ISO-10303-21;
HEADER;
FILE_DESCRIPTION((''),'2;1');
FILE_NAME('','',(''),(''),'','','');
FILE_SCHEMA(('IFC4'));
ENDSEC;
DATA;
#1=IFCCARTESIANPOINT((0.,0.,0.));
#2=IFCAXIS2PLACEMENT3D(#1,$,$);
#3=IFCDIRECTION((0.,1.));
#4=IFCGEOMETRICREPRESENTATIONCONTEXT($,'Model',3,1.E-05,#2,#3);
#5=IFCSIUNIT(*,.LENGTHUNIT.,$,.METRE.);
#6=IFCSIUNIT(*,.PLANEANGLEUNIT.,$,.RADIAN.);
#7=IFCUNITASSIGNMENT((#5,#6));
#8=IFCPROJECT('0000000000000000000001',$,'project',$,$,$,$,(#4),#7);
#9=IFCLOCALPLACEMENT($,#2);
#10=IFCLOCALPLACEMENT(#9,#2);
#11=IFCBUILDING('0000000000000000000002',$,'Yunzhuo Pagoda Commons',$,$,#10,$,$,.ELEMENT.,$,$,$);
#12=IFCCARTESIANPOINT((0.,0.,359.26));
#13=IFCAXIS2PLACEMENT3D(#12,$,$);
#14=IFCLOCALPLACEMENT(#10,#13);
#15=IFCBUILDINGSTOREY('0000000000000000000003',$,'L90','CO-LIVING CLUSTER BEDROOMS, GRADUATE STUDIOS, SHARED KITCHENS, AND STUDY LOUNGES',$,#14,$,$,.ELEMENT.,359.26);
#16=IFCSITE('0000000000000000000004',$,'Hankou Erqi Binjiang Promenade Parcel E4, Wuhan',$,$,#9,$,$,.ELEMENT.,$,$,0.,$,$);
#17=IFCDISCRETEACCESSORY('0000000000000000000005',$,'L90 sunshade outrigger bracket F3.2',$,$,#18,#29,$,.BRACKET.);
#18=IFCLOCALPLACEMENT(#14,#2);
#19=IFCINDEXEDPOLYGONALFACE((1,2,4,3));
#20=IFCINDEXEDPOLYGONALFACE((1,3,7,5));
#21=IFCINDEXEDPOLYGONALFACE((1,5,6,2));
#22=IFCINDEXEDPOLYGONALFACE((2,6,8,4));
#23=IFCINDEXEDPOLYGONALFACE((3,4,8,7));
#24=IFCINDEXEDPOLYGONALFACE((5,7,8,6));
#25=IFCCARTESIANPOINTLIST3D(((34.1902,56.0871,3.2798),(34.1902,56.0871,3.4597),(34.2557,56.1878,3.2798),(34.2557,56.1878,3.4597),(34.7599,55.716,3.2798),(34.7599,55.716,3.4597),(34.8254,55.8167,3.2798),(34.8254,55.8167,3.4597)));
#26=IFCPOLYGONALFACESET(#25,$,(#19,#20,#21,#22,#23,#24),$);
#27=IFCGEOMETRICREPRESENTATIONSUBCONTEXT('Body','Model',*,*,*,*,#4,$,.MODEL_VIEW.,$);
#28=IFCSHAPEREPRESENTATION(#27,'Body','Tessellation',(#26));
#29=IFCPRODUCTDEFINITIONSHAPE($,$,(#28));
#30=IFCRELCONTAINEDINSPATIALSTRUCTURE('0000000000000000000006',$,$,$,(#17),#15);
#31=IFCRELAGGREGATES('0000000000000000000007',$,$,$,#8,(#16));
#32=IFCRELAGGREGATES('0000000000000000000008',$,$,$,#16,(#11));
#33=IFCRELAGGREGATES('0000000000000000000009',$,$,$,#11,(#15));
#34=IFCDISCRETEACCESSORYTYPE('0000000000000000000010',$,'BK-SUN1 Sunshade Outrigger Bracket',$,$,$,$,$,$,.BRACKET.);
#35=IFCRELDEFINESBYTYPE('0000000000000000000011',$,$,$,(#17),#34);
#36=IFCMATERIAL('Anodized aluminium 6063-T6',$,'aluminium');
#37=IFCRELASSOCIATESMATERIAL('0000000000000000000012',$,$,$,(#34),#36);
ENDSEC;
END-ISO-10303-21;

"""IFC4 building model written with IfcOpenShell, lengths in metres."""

from ifc_helpers import new_model, si_unit, direction, frame, origin, origin_2d, place, context, subcontext, project, spatial, rectangle, extrude, source, transform, mapped, material, type_object, element, save


model = new_model("IFC4")

# Units and contexts
model_context = context("Model", 3, precision=1e-05, world=origin(), true_north=direction((0.0, 1.0)))
body_context = subcontext(model_context, "Body", "Model", "MODEL_VIEW")
ifc_project = project(units=[si_unit("LENGTHUNIT", "METRE"), si_unit("PLANEANGLEUNIT", "RADIAN")], contexts=[model_context])

# Site, building, storey
site_placement = place(None, origin())
site = spatial("IfcSite", under=ifc_project, at=site_placement, Name="Hankou Erqi Binjiang Promenade Parcel E4, Wuhan", CompositionType="ELEMENT", RefElevation=0.0)
building_placement = place(site_placement, origin())
building = spatial("IfcBuilding", under=site, at=building_placement, Name="Yunzhuo Pagoda Commons", CompositionType="ELEMENT")
storey_placement = place(building_placement, frame((0.0, 0.0, 359.26)))
storey = spatial("IfcBuildingStorey", under=building, at=storey_placement, Name="L90", Description="CO-LIVING CLUSTER BEDROOMS, GRADUATE STUDIOS, SHARED KITCHENS, AND STUDY LOUNGES", CompositionType="ELEMENT", Elevation=359.26)

# Shared definitions
ifc_material_1 = material(Name="Anodized aluminium 6063-T6", Category="aluminium")

# Discrete accessory
discrete_accessory_type = type_object("IfcDiscreteAccessoryType", Name="BK-SUN1 Sunshade Outrigger Bracket", PredefinedType="BRACKET", material=ifc_material_1)
shared_shape_1 = source(origin(), body_context, "Body", "SweptSolid", [
    extrude(rectangle(XDim=0.1201, YDim=0.6799, at=origin_2d()), origin(), (0.0, 0.0, 1.0), 0.1799),
])
discrete_accessory_placement = place(storey_placement, frame((34.5078, 55.9519, 3.2798), z_axis=(0.0, 0.0, 1.0), x_axis=(-0.545839, -0.83789, 0.0)))
element("IfcDiscreteAccessory", 1, at=discrete_accessory_placement, inside=storey, type_object=discrete_accessory_type, Name="L90 sunshade outrigger bracket F3.2", PredefinedType="BRACKET", context=body_context, shape_type="MappedRepresentation", body=[
    mapped(shared_shape_1, transform((0.0, 0.0, 0.0), scale=1.0)),
])

save(model, "model.ifc")
